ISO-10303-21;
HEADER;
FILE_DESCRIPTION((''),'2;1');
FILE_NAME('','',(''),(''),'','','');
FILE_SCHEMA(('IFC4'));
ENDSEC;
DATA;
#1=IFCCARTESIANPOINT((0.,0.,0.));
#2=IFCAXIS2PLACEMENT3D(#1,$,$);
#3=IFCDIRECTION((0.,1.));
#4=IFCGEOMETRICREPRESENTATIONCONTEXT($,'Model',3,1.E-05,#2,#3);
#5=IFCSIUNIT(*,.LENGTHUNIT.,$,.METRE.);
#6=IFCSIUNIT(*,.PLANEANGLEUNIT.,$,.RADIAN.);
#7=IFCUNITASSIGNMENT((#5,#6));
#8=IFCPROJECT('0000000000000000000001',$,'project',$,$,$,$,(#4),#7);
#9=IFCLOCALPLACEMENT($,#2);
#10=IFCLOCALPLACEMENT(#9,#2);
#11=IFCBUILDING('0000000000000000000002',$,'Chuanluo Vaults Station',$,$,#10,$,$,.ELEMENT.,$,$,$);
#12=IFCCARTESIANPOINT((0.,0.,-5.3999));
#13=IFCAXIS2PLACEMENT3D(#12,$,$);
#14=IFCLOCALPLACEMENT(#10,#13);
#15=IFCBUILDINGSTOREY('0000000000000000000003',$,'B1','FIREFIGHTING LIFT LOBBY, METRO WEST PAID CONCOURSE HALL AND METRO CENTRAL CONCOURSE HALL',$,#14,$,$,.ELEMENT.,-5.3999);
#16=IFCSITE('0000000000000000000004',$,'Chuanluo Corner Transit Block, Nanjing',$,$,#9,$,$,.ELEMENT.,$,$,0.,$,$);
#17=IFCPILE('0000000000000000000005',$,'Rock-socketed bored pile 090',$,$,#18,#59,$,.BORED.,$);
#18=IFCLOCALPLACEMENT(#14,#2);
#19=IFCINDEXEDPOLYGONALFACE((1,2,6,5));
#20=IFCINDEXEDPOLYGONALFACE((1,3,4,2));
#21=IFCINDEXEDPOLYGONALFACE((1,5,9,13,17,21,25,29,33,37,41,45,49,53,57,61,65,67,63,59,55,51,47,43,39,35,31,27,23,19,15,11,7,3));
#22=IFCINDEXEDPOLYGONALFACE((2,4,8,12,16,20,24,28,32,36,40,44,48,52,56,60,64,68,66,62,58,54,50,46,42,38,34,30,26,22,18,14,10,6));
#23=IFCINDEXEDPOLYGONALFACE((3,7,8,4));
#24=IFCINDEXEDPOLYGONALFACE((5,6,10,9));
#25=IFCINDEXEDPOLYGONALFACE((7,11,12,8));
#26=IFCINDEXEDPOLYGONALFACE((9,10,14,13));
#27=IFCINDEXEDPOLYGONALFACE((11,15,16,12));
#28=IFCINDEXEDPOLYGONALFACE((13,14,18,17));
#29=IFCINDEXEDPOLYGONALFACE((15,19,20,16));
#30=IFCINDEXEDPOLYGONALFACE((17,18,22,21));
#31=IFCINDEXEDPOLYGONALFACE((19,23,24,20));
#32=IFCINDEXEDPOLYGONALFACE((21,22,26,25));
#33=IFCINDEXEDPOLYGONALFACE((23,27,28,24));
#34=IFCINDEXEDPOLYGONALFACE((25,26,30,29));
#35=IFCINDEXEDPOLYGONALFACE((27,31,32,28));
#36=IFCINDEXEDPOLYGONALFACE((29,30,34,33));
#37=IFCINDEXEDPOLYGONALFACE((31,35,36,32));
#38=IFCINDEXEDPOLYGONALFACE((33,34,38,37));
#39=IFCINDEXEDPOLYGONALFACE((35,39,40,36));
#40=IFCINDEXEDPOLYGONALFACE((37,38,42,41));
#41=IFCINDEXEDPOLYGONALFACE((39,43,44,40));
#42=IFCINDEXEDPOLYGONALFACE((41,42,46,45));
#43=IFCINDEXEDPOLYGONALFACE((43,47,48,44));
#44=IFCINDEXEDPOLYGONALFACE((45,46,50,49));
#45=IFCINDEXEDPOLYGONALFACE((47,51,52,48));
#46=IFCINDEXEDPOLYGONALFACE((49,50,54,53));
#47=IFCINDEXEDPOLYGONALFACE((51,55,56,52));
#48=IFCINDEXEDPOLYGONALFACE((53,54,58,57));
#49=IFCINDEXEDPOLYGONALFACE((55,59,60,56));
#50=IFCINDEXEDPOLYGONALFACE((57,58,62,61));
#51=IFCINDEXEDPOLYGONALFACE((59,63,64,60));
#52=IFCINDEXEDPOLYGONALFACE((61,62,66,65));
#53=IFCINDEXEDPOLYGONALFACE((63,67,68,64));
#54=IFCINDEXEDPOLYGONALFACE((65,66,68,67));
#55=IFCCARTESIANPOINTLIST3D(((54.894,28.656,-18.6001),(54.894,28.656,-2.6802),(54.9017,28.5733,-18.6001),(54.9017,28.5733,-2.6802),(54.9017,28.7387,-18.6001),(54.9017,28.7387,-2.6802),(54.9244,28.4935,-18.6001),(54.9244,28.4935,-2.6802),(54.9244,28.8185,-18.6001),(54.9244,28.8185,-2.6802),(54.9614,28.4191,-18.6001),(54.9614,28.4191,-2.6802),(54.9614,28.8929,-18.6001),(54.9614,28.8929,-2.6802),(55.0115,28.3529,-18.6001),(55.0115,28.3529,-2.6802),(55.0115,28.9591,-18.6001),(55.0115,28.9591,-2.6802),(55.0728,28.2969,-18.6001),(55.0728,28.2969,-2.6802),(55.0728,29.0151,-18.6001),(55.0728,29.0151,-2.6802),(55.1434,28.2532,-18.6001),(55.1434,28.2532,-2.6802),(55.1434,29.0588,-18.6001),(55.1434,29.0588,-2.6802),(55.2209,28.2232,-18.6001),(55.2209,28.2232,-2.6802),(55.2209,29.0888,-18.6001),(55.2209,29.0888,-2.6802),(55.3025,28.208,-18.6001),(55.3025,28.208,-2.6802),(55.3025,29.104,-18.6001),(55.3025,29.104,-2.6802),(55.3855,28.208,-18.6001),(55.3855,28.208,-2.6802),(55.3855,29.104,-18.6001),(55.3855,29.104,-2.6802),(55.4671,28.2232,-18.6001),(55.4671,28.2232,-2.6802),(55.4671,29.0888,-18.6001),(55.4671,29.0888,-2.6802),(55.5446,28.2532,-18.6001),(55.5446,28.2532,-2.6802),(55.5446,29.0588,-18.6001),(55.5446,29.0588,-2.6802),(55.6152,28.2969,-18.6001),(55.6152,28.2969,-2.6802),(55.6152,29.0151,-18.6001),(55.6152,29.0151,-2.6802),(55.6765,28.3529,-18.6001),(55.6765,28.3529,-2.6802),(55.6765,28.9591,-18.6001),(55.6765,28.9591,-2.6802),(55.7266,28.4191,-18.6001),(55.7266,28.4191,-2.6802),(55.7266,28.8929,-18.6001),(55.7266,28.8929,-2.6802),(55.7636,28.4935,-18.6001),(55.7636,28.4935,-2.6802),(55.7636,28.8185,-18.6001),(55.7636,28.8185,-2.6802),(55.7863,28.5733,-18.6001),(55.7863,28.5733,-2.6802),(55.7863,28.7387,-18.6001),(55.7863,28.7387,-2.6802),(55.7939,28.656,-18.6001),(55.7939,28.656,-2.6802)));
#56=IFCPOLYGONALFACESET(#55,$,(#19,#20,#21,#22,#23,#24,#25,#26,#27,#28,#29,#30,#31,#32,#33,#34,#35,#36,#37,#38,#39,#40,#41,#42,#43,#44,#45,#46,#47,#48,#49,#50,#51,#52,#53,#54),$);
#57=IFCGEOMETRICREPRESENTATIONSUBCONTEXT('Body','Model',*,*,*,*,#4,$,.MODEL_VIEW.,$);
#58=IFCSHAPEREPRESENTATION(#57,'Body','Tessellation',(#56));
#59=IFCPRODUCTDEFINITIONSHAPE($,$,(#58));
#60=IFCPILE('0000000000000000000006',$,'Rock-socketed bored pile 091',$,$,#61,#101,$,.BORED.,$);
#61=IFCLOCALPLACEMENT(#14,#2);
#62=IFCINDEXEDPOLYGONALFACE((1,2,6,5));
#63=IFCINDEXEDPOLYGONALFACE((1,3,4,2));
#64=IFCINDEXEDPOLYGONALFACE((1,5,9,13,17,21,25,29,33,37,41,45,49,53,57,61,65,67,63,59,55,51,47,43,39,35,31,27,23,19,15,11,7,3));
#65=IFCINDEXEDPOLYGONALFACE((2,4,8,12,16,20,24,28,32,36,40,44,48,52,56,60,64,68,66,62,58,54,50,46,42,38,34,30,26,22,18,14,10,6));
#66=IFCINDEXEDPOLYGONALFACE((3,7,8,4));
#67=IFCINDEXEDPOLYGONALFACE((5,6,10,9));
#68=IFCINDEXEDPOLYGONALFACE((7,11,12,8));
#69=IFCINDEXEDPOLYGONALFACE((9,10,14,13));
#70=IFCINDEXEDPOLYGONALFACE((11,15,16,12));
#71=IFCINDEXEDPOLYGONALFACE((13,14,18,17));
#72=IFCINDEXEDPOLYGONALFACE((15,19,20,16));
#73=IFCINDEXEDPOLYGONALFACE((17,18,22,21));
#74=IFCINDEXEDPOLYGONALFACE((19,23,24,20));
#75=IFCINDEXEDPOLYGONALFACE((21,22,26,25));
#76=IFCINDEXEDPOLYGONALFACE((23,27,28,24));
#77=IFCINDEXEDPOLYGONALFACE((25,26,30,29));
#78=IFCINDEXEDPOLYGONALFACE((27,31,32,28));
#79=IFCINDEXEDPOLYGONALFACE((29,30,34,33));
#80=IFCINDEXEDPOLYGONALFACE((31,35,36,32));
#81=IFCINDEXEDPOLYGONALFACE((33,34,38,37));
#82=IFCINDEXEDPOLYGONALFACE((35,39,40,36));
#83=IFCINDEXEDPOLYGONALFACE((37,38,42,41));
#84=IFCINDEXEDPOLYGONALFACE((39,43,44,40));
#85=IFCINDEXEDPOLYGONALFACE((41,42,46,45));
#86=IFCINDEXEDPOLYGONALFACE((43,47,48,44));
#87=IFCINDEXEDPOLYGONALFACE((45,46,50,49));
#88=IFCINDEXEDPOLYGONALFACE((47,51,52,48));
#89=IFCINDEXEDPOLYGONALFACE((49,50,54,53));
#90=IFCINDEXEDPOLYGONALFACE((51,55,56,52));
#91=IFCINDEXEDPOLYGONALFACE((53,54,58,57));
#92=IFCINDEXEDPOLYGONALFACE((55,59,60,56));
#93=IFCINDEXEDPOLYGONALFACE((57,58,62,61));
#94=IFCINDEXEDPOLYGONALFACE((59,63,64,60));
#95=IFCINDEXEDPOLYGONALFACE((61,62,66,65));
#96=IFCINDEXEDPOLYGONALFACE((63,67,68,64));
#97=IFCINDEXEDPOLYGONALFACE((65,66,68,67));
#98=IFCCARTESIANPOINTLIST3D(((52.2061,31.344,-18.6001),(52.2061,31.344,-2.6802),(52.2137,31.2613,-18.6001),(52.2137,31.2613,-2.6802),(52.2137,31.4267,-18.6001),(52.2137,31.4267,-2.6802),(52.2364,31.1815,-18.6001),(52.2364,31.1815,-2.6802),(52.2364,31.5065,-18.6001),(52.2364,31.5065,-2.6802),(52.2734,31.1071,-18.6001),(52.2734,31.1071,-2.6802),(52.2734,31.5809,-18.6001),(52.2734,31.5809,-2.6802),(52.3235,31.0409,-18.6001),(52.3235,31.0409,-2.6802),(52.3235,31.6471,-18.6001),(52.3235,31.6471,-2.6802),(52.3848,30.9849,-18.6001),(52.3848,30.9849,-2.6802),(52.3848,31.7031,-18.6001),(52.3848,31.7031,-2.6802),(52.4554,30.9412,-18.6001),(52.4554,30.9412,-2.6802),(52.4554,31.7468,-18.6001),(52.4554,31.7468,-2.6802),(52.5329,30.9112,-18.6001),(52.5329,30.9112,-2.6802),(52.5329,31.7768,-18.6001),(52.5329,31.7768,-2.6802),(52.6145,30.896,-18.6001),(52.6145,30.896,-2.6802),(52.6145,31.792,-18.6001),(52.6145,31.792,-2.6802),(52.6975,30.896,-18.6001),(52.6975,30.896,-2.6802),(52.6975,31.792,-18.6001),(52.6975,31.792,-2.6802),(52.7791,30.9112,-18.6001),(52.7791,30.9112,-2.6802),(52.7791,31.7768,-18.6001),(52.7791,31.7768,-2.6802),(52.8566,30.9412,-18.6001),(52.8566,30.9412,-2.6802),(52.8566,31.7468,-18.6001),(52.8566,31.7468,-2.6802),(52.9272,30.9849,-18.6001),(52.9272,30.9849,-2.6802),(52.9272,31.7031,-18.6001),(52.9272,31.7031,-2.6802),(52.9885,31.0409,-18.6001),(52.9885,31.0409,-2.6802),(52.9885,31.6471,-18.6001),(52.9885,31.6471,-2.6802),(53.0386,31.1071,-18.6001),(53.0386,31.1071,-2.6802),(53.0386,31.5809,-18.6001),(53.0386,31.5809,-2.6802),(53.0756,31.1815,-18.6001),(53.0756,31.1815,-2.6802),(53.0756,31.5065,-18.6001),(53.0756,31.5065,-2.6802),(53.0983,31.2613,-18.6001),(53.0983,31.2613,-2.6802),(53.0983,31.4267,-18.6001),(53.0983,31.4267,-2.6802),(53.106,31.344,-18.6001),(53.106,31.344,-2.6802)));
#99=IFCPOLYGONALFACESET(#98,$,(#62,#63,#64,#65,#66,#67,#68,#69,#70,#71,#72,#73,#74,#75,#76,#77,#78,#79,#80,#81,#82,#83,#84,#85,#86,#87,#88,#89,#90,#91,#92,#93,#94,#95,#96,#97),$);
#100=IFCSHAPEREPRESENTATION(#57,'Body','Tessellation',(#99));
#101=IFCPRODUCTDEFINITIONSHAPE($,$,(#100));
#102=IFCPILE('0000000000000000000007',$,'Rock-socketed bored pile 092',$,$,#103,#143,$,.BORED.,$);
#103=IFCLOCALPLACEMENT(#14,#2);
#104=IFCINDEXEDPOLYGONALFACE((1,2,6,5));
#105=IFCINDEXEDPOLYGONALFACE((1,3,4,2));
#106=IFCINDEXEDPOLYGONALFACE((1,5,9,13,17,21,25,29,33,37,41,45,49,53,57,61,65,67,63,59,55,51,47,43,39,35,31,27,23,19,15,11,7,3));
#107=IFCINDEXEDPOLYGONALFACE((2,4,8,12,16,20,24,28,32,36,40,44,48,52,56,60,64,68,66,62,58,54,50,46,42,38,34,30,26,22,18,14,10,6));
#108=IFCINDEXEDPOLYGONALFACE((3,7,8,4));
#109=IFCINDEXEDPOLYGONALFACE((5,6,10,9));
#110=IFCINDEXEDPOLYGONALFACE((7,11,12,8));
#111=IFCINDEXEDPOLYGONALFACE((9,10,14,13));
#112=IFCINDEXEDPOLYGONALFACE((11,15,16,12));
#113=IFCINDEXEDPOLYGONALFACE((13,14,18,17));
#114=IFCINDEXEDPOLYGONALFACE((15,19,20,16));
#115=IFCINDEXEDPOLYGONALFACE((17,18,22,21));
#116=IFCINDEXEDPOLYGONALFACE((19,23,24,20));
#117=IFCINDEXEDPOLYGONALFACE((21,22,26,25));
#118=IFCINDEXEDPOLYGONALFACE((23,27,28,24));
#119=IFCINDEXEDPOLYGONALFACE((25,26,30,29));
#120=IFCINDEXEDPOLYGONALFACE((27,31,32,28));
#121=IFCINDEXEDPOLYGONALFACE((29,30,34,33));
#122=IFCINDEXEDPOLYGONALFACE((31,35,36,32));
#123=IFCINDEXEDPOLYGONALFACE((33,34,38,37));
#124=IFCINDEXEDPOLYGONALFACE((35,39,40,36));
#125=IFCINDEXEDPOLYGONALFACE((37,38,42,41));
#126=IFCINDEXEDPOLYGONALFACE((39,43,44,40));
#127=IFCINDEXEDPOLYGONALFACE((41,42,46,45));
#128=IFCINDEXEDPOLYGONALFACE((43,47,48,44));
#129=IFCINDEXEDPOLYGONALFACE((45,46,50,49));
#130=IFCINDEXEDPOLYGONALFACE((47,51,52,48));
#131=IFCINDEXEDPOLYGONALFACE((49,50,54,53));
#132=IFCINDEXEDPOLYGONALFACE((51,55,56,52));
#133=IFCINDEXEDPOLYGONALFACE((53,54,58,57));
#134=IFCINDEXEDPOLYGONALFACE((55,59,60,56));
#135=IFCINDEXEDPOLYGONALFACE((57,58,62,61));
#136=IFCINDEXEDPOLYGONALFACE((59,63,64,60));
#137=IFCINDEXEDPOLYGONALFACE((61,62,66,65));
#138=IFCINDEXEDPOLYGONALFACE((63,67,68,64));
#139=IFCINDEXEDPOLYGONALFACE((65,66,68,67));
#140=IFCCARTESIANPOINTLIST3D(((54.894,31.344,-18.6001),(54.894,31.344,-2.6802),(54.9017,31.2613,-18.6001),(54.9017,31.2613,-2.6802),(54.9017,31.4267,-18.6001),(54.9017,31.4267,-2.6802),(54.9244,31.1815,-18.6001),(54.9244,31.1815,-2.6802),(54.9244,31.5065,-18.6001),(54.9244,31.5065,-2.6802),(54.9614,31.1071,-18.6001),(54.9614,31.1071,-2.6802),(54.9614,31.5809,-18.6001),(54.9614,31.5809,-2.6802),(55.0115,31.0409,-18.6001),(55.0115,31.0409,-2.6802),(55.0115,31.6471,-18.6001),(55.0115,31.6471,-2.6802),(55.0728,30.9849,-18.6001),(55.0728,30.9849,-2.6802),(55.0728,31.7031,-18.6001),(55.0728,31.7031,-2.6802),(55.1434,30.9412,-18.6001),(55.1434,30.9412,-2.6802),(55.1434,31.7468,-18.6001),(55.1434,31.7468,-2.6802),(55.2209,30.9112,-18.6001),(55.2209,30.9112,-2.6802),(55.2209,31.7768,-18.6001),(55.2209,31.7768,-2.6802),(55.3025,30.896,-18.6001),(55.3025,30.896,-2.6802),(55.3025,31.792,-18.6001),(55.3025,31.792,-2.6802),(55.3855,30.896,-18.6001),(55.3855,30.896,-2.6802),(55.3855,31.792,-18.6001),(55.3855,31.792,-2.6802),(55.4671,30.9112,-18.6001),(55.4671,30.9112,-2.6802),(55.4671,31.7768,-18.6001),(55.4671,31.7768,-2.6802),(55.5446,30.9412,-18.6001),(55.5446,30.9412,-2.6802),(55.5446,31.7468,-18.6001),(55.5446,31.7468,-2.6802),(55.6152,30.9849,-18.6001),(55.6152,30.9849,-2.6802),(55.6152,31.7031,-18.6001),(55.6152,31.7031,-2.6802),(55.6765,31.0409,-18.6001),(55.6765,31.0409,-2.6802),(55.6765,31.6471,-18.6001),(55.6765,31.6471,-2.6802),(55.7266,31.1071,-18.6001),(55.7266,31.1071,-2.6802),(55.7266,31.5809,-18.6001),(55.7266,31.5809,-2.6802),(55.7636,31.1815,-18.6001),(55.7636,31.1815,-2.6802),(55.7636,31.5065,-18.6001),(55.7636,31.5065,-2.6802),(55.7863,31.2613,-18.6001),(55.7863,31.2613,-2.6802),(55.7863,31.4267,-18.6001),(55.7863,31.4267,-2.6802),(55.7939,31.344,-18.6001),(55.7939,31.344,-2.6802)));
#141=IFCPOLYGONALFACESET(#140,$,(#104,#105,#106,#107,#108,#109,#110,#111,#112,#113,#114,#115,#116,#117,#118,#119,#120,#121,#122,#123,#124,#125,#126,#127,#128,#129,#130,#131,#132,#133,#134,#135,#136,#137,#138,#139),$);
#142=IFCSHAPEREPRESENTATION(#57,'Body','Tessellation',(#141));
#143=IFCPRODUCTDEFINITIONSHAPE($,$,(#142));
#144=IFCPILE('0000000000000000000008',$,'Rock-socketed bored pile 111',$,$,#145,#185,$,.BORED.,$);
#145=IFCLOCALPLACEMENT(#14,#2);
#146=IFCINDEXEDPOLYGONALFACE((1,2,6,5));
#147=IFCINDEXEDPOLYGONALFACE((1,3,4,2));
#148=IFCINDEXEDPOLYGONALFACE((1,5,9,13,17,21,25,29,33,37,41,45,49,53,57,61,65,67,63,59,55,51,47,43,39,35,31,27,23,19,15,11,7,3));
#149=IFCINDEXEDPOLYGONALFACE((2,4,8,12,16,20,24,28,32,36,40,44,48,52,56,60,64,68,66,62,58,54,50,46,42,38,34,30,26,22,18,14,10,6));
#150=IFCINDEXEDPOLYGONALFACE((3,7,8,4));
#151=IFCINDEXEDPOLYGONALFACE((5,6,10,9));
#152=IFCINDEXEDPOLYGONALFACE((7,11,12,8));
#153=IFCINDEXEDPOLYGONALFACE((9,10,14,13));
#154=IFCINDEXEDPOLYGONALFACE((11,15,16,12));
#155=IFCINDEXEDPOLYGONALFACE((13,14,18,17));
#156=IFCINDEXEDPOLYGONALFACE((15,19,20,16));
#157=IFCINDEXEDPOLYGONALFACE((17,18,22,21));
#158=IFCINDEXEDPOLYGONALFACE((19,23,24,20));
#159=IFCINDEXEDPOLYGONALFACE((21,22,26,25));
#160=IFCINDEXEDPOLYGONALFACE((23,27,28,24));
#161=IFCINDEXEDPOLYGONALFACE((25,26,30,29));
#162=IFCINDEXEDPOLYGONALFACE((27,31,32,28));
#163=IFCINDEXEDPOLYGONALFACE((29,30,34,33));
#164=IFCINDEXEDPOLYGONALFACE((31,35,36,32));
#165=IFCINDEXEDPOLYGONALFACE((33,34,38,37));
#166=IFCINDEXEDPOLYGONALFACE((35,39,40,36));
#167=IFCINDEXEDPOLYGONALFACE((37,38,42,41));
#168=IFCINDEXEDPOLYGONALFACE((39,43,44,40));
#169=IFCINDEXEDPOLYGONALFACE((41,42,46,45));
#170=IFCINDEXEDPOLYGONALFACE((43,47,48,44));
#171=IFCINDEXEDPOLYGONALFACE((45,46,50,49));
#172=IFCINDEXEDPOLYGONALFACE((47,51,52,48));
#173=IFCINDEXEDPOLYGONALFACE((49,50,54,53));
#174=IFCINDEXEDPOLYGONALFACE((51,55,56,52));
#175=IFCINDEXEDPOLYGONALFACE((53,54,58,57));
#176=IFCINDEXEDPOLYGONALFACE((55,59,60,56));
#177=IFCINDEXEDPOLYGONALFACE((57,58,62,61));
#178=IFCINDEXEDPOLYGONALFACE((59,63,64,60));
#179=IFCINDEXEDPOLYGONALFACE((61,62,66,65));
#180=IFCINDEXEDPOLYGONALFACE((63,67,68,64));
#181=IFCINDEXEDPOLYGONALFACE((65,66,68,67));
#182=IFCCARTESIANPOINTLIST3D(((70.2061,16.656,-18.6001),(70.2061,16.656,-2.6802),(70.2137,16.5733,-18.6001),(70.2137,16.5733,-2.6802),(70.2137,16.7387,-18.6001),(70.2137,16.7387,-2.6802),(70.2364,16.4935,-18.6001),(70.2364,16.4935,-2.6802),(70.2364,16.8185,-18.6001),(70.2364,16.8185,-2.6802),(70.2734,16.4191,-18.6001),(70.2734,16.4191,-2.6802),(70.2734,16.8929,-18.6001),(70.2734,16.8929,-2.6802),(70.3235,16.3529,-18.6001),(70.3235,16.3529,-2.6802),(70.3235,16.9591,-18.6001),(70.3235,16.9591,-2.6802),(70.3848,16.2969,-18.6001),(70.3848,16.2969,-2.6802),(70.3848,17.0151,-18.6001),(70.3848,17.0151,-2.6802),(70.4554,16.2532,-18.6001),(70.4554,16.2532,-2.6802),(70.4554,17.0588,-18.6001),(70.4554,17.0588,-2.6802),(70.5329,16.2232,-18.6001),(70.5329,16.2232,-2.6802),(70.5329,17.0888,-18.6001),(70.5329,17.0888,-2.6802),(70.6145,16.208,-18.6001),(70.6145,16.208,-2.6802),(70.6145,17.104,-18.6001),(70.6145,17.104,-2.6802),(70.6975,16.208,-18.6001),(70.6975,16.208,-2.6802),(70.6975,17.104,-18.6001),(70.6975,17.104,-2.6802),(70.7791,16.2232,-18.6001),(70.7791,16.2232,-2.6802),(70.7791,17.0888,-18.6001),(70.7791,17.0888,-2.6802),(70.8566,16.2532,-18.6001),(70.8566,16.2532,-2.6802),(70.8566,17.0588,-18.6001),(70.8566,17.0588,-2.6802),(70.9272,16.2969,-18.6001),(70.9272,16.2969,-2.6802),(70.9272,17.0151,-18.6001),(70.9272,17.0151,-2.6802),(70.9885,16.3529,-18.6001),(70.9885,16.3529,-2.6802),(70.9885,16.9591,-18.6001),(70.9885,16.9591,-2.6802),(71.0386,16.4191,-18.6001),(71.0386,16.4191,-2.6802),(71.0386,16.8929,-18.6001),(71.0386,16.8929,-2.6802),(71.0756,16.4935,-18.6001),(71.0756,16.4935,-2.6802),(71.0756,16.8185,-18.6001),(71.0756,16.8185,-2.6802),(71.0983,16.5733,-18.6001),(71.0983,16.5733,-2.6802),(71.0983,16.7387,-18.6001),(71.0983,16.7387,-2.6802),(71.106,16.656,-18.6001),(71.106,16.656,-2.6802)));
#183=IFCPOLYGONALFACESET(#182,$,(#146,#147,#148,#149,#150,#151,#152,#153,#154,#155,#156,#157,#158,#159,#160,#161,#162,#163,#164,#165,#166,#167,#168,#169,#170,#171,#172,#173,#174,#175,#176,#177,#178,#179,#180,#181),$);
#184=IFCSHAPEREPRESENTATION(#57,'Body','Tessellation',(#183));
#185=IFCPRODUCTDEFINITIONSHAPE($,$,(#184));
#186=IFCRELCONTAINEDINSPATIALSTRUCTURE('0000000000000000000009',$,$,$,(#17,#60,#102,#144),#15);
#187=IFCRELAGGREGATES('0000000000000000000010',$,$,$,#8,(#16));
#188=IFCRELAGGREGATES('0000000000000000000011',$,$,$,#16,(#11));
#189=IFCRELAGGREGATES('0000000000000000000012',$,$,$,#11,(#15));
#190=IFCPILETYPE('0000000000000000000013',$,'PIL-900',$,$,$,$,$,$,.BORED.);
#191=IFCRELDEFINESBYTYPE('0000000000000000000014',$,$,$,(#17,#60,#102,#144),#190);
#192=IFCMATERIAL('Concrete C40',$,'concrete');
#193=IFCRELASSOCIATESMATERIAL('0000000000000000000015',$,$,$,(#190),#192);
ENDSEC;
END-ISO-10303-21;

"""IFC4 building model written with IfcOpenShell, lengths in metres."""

from ifc_helpers import new_model, si_unit, direction, frame, origin, origin_2d, place, context, subcontext, project, spatial, circle, extrude, material, material_profile, profile_set, type_object, element, save


model = new_model("IFC4")

# Units and contexts
model_context = context("Model", 3, precision=1e-05, world=origin(), true_north=direction((0.0, 1.0)))
body_context = subcontext(model_context, "Body", "Model", "MODEL_VIEW")
ifc_project = project(units=[si_unit("LENGTHUNIT", "METRE"), si_unit("PLANEANGLEUNIT", "RADIAN")], contexts=[model_context])

# Site, building, storey
site_placement = place(None, origin())
site = spatial("IfcSite", under=ifc_project, at=site_placement, Name="Chuanluo Corner Transit Block, Nanjing", CompositionType="ELEMENT", RefElevation=0.0)
building_placement = place(site_placement, origin())
building = spatial("IfcBuilding", under=site, at=building_placement, Name="Chuanluo Vaults Station", CompositionType="ELEMENT")
storey_placement = place(building_placement, frame((0.0, 0.0, -5.3999)))
storey = spatial("IfcBuildingStorey", under=building, at=storey_placement, Name="B1", Description="FIREFIGHTING LIFT LOBBY, METRO WEST PAID CONCOURSE HALL AND METRO CENTRAL CONCOURSE HALL", CompositionType="ELEMENT", Elevation=-5.3999)

# Piles
ifc_material_1 = material(Name="Concrete C40", Category="concrete")
ifc_material_profile_1 = material_profile(ifc_material_1, circle(Radius=0.45, at=origin_2d()))
ifc_profile_set_1 = profile_set([ifc_material_profile_1], Name="Concrete C40")
pile_type_1 = type_object("IfcPileType", Name="PIL-900", PredefinedType="BORED", material=ifc_profile_set_1)
for number, where, z_axis, x_axis, name in (
    (1, (55.344, 28.656, -2.6802), (0.0, 0.0, -1.0), (1.0, 0.0, 0.0), "Rock-socketed bored pile 090"),
    (2, (52.656, 31.344, -2.6802), (0.0, 0.0, -1.0), (1.0, 0.0, 0.0), "Rock-socketed bored pile 091"),
    (3, (55.344, 31.344, -2.6802), (0.0, 0.0, -1.0), (1.0, 0.0, 0.0), "Rock-socketed bored pile 092"),
    (4, (70.656, 16.656, -2.6802), (0.0, 0.0, -1.0), (1.0, 0.0, 0.0), "Rock-socketed bored pile 111"),
):
    element("IfcPile", number, at=place(storey_placement, frame(where, z_axis=z_axis, x_axis=x_axis)), inside=storey, type_object=pile_type_1, Name=name, PredefinedType="BORED", context=body_context, shape_type="SweptSolid", body=[
        extrude(circle(Radius=0.45, at=origin_2d()), origin(), (0.0, 0.0, 1.0), 15.9199),
    ])

save(model, "model.ifc")
